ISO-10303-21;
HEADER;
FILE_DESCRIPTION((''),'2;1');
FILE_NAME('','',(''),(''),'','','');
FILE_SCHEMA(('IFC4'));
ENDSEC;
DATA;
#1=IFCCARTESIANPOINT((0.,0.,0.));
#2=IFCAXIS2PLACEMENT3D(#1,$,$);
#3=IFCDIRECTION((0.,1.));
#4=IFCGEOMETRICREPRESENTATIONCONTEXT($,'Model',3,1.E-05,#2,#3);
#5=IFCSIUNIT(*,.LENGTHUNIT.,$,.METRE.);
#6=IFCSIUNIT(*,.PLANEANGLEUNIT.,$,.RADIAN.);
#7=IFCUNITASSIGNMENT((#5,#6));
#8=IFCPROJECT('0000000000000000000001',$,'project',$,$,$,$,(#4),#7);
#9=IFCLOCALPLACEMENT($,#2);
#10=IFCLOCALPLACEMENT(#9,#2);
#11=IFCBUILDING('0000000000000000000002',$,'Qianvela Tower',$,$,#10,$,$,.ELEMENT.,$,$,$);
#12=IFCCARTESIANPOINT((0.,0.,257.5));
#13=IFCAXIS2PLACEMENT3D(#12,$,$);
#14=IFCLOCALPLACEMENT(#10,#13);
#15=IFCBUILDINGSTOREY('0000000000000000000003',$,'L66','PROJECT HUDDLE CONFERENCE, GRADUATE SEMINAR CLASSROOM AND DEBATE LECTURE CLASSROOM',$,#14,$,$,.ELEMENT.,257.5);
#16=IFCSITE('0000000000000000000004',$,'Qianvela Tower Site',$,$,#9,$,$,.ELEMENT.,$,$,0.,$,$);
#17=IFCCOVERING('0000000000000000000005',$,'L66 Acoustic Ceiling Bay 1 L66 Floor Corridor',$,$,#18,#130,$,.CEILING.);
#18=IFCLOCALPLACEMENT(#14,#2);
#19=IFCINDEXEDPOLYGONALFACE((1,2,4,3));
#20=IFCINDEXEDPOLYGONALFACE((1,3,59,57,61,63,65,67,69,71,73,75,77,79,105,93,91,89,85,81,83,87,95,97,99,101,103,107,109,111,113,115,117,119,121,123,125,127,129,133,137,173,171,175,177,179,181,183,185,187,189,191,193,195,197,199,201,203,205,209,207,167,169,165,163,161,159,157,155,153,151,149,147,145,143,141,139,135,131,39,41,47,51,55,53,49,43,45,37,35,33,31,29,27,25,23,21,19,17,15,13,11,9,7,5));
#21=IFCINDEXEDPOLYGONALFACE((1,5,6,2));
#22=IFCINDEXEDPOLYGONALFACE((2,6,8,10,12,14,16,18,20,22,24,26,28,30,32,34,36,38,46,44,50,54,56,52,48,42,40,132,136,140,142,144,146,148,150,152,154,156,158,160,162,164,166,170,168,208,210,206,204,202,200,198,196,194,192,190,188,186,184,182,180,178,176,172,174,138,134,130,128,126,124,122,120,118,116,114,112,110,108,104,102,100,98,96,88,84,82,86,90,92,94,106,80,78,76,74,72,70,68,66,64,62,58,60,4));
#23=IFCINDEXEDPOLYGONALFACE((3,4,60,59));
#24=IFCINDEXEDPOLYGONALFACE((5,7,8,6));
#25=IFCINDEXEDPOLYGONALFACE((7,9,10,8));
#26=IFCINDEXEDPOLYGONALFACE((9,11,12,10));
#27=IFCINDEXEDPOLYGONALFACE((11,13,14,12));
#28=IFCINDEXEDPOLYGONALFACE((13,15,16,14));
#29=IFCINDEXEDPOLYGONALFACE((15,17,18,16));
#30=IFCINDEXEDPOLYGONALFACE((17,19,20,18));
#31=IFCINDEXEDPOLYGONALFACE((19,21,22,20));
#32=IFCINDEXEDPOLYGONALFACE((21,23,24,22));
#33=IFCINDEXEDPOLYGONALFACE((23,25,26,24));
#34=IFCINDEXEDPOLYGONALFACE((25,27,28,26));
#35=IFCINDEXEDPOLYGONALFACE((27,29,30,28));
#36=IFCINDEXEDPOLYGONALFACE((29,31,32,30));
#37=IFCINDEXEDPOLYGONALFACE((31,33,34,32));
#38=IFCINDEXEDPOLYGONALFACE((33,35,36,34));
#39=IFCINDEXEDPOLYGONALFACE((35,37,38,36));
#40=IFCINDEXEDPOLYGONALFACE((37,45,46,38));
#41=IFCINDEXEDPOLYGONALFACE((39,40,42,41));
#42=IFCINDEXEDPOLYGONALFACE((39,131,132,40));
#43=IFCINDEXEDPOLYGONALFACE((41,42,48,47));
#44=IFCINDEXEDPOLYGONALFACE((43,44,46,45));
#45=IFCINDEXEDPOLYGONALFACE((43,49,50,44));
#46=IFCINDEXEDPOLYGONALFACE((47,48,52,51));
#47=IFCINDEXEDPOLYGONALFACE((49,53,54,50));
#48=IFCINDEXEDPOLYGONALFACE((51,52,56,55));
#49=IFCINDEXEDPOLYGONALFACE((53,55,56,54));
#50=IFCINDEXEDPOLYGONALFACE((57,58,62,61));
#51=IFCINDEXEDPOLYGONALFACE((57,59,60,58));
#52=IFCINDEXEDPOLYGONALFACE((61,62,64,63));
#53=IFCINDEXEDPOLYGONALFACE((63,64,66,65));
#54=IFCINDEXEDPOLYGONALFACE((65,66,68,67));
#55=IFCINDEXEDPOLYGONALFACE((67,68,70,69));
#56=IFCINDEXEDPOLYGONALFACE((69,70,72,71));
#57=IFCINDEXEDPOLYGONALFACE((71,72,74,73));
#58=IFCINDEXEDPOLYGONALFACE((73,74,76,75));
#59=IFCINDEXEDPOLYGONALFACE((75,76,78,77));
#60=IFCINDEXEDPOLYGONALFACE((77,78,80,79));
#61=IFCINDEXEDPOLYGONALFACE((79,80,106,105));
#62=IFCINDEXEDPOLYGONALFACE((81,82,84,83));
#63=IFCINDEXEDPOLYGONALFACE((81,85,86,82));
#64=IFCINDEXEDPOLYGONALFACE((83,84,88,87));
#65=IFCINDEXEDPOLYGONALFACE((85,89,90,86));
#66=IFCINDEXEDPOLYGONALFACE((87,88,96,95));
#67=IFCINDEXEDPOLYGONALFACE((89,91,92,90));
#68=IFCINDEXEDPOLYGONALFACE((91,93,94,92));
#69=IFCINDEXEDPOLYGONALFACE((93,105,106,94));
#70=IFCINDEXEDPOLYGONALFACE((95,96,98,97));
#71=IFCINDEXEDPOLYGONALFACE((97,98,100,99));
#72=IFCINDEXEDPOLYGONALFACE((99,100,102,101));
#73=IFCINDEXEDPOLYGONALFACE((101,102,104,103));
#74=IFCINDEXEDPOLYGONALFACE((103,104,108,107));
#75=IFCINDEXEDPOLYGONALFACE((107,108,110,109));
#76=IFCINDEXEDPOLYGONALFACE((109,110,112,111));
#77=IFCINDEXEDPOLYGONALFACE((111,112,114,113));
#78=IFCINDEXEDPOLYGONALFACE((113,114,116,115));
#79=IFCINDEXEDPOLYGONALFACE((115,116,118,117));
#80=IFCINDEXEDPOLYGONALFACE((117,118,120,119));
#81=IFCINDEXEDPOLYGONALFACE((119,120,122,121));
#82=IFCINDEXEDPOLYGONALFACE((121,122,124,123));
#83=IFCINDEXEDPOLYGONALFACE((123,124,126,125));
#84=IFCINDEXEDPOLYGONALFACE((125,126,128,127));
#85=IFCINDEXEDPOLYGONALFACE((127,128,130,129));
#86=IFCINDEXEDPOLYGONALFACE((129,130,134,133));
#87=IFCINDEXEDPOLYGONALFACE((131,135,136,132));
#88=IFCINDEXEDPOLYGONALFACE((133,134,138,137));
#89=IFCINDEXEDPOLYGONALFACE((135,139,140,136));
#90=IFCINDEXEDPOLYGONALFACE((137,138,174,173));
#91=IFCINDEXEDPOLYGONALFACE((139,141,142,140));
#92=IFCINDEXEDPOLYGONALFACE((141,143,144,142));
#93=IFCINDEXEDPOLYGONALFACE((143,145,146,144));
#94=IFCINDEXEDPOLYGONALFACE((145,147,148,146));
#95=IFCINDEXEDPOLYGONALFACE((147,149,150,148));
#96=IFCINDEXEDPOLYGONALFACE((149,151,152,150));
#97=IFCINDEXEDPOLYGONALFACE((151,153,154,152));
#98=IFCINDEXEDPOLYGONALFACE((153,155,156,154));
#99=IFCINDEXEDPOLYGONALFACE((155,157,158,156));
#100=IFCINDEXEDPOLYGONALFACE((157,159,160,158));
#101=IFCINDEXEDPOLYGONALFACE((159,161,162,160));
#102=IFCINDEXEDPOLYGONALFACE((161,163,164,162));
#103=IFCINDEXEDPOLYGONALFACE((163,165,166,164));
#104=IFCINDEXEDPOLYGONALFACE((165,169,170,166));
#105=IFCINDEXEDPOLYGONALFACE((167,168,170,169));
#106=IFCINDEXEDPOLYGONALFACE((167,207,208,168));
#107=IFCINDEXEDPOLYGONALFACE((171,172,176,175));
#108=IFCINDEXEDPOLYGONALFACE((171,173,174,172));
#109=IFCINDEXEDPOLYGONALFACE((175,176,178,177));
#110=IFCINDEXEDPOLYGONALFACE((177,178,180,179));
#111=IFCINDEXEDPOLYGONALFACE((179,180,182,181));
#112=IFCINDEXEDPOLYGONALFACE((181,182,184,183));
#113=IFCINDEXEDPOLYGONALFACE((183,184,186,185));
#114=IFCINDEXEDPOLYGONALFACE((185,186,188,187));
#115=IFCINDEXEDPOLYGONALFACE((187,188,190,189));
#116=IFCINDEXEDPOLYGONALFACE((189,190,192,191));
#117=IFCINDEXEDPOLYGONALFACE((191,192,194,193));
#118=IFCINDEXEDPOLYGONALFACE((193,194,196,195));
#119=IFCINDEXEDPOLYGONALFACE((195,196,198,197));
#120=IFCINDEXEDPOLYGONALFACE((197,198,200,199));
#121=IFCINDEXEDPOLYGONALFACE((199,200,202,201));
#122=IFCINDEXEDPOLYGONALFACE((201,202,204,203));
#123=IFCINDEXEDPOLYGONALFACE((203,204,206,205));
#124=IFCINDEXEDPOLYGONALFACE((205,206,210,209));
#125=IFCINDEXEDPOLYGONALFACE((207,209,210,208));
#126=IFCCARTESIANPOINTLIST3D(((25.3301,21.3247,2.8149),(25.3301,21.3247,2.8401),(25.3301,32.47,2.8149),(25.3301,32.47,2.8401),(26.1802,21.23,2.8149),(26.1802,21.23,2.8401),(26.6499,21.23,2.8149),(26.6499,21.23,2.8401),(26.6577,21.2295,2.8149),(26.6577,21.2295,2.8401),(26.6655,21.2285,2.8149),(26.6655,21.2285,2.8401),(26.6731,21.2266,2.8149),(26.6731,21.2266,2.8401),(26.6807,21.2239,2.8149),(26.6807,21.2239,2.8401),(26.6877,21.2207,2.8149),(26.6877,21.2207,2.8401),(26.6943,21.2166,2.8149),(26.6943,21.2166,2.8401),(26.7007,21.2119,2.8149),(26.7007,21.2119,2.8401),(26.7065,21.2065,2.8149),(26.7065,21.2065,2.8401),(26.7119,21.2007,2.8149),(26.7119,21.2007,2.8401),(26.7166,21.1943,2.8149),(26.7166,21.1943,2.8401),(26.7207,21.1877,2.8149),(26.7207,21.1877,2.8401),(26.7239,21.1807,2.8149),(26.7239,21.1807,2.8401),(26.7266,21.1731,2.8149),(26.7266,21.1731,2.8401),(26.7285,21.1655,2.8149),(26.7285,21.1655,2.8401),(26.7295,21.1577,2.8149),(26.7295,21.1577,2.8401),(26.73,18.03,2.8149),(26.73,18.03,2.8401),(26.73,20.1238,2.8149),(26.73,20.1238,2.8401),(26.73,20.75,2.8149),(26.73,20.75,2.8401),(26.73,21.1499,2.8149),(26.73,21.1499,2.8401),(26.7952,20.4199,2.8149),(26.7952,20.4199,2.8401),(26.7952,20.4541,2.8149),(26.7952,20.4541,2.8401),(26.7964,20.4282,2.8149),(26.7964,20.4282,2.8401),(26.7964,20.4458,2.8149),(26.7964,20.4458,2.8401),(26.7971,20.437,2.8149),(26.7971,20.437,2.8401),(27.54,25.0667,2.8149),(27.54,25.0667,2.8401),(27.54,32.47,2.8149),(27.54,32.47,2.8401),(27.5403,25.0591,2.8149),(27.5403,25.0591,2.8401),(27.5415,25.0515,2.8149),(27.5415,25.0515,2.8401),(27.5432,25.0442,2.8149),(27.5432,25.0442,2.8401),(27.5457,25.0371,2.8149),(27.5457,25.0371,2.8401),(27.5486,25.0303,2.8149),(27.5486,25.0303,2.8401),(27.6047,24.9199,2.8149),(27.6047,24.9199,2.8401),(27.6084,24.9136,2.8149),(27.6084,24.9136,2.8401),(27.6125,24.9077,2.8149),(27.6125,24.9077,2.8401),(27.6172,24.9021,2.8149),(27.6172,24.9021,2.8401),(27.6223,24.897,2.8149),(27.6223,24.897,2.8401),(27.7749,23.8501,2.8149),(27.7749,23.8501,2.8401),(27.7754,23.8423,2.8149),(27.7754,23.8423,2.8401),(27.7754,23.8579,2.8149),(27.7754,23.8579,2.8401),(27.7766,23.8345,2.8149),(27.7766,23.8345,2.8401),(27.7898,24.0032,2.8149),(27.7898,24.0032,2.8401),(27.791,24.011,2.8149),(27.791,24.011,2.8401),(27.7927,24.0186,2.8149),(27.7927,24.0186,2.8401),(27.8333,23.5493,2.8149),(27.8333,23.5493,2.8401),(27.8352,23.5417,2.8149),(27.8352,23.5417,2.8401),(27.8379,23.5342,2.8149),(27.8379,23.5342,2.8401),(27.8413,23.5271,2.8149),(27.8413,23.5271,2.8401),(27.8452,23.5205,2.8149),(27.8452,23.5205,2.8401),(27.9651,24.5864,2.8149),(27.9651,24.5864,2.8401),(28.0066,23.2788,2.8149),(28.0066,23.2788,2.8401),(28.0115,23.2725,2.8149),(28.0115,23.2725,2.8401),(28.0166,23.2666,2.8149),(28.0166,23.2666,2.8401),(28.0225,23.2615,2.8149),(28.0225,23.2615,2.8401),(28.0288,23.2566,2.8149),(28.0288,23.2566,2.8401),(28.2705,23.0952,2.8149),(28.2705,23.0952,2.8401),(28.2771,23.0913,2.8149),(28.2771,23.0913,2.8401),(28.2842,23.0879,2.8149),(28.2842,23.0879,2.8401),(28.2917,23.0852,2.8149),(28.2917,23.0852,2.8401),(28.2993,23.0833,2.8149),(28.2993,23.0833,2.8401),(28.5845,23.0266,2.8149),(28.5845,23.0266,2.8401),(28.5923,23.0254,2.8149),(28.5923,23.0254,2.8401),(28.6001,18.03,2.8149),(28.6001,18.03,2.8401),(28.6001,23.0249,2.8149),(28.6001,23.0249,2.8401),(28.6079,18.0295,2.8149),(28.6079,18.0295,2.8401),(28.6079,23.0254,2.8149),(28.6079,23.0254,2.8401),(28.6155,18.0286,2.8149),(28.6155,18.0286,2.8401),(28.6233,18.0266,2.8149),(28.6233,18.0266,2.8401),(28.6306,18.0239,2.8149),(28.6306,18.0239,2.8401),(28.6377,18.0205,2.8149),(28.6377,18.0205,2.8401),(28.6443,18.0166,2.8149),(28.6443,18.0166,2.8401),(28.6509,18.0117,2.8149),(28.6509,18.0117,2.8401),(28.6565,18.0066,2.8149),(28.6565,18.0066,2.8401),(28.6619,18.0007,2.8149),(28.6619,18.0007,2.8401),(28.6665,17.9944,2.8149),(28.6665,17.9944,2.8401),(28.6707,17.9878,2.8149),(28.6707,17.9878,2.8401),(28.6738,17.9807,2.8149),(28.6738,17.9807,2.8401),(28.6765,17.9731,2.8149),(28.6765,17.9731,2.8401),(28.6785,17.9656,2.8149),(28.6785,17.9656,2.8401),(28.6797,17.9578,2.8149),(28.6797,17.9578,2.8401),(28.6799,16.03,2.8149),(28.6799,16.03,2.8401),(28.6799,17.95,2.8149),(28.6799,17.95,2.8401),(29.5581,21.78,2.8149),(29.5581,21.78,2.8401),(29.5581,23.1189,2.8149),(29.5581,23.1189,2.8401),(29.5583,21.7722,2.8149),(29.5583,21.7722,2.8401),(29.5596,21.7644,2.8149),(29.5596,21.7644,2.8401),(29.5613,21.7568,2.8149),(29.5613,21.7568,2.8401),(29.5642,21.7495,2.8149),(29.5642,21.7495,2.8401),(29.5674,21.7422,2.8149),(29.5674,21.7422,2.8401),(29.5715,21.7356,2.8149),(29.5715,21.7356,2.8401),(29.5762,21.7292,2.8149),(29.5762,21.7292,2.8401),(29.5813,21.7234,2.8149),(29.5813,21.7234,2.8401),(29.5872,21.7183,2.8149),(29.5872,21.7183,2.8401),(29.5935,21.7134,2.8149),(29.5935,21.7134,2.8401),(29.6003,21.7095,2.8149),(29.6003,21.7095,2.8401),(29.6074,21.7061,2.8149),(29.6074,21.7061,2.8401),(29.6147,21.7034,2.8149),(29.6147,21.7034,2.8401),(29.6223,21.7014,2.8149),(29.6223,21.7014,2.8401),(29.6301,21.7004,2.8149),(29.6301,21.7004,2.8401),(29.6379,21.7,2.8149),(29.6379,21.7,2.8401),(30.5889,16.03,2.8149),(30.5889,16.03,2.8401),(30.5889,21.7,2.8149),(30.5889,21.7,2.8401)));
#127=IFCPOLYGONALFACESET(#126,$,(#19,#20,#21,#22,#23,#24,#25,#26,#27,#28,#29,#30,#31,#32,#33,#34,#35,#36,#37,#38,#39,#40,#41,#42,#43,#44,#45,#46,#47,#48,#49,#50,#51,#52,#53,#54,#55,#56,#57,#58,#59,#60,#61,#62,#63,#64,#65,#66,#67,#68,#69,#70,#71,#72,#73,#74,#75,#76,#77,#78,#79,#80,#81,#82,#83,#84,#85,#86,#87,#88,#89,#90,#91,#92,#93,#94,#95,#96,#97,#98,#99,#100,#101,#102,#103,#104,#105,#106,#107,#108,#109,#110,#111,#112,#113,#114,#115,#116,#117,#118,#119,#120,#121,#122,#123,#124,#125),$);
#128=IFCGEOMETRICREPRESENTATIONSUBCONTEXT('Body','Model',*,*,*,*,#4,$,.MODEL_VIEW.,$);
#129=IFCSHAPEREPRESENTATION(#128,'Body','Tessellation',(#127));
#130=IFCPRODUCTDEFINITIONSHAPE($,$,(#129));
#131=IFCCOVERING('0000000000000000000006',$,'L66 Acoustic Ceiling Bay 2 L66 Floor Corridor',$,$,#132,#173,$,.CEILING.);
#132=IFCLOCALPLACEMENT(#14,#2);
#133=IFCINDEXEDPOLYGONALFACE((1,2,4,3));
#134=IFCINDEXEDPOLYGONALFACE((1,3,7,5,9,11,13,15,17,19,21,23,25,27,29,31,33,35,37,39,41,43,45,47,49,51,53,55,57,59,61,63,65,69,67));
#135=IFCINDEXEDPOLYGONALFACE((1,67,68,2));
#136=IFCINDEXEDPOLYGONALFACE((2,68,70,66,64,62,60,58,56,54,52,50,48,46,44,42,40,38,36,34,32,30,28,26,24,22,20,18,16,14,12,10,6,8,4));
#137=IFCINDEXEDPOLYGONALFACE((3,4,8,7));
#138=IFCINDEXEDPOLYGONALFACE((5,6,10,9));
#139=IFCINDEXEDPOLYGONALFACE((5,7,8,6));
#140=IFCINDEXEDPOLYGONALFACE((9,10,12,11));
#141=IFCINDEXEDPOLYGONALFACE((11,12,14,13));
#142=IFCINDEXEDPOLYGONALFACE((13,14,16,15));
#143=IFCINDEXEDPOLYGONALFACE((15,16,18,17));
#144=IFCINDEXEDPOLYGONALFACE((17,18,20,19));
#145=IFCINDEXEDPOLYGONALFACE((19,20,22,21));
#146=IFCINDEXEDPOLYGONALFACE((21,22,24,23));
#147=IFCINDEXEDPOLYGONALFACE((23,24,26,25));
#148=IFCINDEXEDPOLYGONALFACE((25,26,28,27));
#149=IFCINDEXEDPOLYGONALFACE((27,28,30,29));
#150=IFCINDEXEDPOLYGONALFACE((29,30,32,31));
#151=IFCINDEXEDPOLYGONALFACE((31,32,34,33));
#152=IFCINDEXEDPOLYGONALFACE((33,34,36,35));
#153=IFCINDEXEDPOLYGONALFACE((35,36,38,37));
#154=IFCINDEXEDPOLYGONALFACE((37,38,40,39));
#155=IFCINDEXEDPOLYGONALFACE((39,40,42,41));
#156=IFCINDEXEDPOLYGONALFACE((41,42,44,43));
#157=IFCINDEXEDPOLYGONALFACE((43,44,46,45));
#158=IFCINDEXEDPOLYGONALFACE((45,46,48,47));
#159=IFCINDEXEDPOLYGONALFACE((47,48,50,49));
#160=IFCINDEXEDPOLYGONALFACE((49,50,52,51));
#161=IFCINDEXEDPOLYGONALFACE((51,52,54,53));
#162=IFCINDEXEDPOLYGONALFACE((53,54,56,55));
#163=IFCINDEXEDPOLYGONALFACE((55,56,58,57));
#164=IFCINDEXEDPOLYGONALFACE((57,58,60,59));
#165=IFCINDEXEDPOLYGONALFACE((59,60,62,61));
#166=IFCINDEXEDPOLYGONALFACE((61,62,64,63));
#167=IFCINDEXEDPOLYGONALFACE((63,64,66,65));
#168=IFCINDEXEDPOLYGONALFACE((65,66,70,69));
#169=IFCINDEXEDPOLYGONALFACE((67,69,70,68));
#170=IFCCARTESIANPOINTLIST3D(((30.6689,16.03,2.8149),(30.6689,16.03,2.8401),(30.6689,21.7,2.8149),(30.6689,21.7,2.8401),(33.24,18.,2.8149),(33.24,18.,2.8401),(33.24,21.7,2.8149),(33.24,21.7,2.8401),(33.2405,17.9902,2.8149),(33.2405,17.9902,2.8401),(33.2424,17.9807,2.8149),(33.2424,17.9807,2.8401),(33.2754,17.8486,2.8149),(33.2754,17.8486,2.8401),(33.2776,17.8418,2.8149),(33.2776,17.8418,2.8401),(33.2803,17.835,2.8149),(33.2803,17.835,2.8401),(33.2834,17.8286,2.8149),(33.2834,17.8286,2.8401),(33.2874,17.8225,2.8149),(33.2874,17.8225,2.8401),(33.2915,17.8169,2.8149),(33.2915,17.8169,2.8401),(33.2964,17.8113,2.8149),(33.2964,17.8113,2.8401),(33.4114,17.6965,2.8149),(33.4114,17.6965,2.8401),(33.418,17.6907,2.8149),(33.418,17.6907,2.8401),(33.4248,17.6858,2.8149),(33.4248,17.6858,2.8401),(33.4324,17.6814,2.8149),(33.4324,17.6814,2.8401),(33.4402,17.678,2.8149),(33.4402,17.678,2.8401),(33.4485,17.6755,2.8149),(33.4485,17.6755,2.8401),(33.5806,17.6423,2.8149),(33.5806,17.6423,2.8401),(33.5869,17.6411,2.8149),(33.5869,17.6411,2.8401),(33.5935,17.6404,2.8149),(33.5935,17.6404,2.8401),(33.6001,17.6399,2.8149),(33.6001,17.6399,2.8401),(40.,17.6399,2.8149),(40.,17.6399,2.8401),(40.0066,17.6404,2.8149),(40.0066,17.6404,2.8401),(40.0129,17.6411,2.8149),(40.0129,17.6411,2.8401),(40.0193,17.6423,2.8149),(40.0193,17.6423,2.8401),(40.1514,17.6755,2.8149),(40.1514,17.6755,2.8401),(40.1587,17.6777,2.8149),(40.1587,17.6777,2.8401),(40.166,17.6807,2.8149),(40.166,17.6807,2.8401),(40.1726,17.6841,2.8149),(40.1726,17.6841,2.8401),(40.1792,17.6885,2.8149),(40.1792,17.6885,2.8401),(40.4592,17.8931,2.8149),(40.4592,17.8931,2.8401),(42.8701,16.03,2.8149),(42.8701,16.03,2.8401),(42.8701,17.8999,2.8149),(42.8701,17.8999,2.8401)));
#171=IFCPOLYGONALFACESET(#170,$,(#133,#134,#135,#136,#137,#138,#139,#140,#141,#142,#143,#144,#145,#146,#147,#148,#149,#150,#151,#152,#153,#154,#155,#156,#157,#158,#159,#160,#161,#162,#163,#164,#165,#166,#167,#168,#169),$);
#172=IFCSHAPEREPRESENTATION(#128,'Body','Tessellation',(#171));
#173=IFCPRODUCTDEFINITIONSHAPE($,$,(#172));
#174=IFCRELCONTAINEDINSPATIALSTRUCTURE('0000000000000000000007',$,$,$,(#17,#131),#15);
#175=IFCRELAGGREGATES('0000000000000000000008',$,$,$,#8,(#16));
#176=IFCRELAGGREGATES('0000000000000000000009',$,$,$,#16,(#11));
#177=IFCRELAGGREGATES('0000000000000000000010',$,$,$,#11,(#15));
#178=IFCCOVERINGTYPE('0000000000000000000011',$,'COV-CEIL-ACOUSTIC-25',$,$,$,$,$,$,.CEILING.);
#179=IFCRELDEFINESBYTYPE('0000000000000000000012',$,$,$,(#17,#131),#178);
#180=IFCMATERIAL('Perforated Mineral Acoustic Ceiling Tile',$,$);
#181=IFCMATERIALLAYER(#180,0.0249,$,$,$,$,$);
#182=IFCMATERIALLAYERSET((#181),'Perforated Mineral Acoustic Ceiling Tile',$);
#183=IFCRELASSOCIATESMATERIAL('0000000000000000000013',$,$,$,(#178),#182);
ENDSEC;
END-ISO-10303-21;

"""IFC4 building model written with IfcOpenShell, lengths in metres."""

from ifc_helpers import new_model, si_unit, direction, frame, origin, place, context, subcontext, project, spatial, polyline, outline, extrude, material, layer, layer_set, type_object, element, save


model = new_model("IFC4")

# Units and contexts
model_context = context("Model", 3, precision=1e-05, world=origin(), true_north=direction((0.0, 1.0)))
body_context = subcontext(model_context, "Body", "Model", "MODEL_VIEW")
ifc_project = project(units=[si_unit("LENGTHUNIT", "METRE"), si_unit("PLANEANGLEUNIT", "RADIAN")], contexts=[model_context])

# Site, building, storey
site_placement = place(None, origin())
site = spatial("IfcSite", under=ifc_project, at=site_placement, Name="Qianvela Tower Site", CompositionType="ELEMENT", RefElevation=0.0)
building_placement = place(site_placement, origin())
building = spatial("IfcBuilding", under=site, at=building_placement, Name="Qianvela Tower", CompositionType="ELEMENT")
storey_placement = place(building_placement, frame((0.0, 0.0, 257.5)))
storey = spatial("IfcBuildingStorey", under=building, at=storey_placement, Name="L66", Description="PROJECT HUDDLE CONFERENCE, GRADUATE SEMINAR CLASSROOM AND DEBATE LECTURE CLASSROOM", CompositionType="ELEMENT", Elevation=257.5)

# Coverings
ifc_material_1 = material(Name="Perforated Mineral Acoustic Ceiling Tile")
ifc_layer_1 = layer(ifc_material_1, 0.0249)
ifc_layer_set_1 = layer_set([ifc_layer_1], Name="Perforated Mineral Acoustic Ceiling Tile")
covering_type_1 = type_object("IfcCoveringType", Name="COV-CEIL-ACOUSTIC-25", PredefinedType="CEILING", material=ifc_layer_set_1)
covering_1_placement = place(storey_placement, frame((0.0, 0.0, 2.8149)))
element("IfcCovering", 1, at=covering_1_placement, inside=storey, type_object=covering_type_1, Name="L66 Acoustic Ceiling Bay 1 L66 Floor Corridor", PredefinedType="CEILING", context=body_context, shape_type="SweptSolid", body=[
    extrude(outline(polyline([(27.791, 24.011), (27.7898, 24.0032), (27.7754, 23.8579), (27.7749, 23.8501), (27.7754, 23.8423), (27.7766, 23.8345), (27.8333, 23.5493), (27.8352, 23.5417), (27.8379, 23.5342), (27.8413, 23.5271), (27.8452, 23.5205), (28.0066, 23.2788), (28.0115, 23.2725), (28.0166, 23.2666), (28.0225, 23.2615), (28.0288, 23.2566), (28.2705, 23.0952), (28.2771, 23.0913), (28.2842, 23.0879), (28.2917, 23.0852), (28.2993, 23.0833), (28.5845, 23.0266), (28.5923, 23.0254), (28.6001, 23.0249), (28.6079, 23.0254), (29.5581, 23.1189), (29.5581, 21.78), (29.5583, 21.7722), (29.5596, 21.7644), (29.5613, 21.7568), (29.5642, 21.7495), (29.5674, 21.7422), (29.5715, 21.7356), (29.5762, 21.7292), (29.5813, 21.7234), (29.5872, 21.7183), (29.5935, 21.7134), (29.6003, 21.7095), (29.6074, 21.7061), (29.6147, 21.7034), (29.6223, 21.7014), (29.6301, 21.7004), (29.6379, 21.7), (30.5889, 21.7), (30.5889, 16.03), (28.6799, 16.03), (28.6799, 17.95), (28.6797, 17.9578), (28.6785, 17.9656), (28.6765, 17.9731), (28.6738, 17.9807), (28.6707, 17.9878), (28.6665, 17.9944), (28.6619, 18.0007), (28.6565, 18.0066), (28.6509, 18.0117), (28.6443, 18.0166), (28.6377, 18.0205), (28.6306, 18.0239), (28.6233, 18.0266), (28.6155, 18.0286), (28.6079, 18.0295), (28.6001, 18.03), (26.73, 18.03), (26.73, 20.1238), (26.7952, 20.4199), (26.7964, 20.4282), (26.7971, 20.437), (26.7964, 20.4458), (26.7952, 20.4541), (26.73, 20.75), (26.73, 21.1499), (26.7295, 21.1577), (26.7285, 21.1655), (26.7266, 21.1731), (26.7239, 21.1807), (26.7207, 21.1877), (26.7166, 21.1943), (26.7119, 21.2007), (26.7065, 21.2065), (26.7007, 21.2119), (26.6943, 21.2166), (26.6877, 21.2207), (26.6807, 21.2239), (26.6731, 21.2266), (26.6655, 21.2285), (26.6577, 21.2295), (26.6499, 21.23), (26.1802, 21.23), (25.3301, 21.3247), (25.3301, 32.47), (27.54, 32.47), (27.54, 25.0667), (27.5403, 25.0591), (27.5415, 25.0515), (27.5432, 25.0442), (27.5457, 25.0371), (27.5486, 25.0303), (27.6047, 24.9199), (27.6084, 24.9136), (27.6125, 24.9077), (27.6172, 24.9021), (27.6223, 24.897), (27.9651, 24.5864), (27.7927, 24.0186), (27.791, 24.011)])), origin(), (0.0, 0.0, 1.0), 0.0251),
])
covering_2_placement = place(storey_placement, frame((0.0, 0.0, 2.8149)))
element("IfcCovering", 2, at=covering_2_placement, inside=storey, type_object=covering_type_1, Name="L66 Acoustic Ceiling Bay 2 L66 Floor Corridor", PredefinedType="CEILING", context=body_context, shape_type="SweptSolid", body=[
    extrude(outline(polyline([(33.24, 21.7), (33.24, 18.0), (33.2405, 17.9902), (33.2424, 17.9807), (33.2754, 17.8486), (33.2776, 17.8418), (33.2803, 17.835), (33.2834, 17.8286), (33.2874, 17.8225), (33.2915, 17.8169), (33.2964, 17.8113), (33.4114, 17.6965), (33.418, 17.6907), (33.4248, 17.6858), (33.4324, 17.6814), (33.4402, 17.678), (33.4485, 17.6755), (33.5806, 17.6423), (33.5869, 17.6411), (33.5935, 17.6404), (33.6001, 17.6399), (40.0, 17.6399), (40.0066, 17.6404), (40.0129, 17.6411), (40.0193, 17.6423), (40.1514, 17.6755), (40.1587, 17.6777), (40.166, 17.6807), (40.1726, 17.6841), (40.1792, 17.6885), (40.4592, 17.8931), (42.8701, 17.8999), (42.8701, 16.03), (30.6689, 16.03), (30.6689, 21.7), (33.24, 21.7)])), origin(), (0.0, 0.0, 1.0), 0.0251),
])

save(model, "model.ifc")
